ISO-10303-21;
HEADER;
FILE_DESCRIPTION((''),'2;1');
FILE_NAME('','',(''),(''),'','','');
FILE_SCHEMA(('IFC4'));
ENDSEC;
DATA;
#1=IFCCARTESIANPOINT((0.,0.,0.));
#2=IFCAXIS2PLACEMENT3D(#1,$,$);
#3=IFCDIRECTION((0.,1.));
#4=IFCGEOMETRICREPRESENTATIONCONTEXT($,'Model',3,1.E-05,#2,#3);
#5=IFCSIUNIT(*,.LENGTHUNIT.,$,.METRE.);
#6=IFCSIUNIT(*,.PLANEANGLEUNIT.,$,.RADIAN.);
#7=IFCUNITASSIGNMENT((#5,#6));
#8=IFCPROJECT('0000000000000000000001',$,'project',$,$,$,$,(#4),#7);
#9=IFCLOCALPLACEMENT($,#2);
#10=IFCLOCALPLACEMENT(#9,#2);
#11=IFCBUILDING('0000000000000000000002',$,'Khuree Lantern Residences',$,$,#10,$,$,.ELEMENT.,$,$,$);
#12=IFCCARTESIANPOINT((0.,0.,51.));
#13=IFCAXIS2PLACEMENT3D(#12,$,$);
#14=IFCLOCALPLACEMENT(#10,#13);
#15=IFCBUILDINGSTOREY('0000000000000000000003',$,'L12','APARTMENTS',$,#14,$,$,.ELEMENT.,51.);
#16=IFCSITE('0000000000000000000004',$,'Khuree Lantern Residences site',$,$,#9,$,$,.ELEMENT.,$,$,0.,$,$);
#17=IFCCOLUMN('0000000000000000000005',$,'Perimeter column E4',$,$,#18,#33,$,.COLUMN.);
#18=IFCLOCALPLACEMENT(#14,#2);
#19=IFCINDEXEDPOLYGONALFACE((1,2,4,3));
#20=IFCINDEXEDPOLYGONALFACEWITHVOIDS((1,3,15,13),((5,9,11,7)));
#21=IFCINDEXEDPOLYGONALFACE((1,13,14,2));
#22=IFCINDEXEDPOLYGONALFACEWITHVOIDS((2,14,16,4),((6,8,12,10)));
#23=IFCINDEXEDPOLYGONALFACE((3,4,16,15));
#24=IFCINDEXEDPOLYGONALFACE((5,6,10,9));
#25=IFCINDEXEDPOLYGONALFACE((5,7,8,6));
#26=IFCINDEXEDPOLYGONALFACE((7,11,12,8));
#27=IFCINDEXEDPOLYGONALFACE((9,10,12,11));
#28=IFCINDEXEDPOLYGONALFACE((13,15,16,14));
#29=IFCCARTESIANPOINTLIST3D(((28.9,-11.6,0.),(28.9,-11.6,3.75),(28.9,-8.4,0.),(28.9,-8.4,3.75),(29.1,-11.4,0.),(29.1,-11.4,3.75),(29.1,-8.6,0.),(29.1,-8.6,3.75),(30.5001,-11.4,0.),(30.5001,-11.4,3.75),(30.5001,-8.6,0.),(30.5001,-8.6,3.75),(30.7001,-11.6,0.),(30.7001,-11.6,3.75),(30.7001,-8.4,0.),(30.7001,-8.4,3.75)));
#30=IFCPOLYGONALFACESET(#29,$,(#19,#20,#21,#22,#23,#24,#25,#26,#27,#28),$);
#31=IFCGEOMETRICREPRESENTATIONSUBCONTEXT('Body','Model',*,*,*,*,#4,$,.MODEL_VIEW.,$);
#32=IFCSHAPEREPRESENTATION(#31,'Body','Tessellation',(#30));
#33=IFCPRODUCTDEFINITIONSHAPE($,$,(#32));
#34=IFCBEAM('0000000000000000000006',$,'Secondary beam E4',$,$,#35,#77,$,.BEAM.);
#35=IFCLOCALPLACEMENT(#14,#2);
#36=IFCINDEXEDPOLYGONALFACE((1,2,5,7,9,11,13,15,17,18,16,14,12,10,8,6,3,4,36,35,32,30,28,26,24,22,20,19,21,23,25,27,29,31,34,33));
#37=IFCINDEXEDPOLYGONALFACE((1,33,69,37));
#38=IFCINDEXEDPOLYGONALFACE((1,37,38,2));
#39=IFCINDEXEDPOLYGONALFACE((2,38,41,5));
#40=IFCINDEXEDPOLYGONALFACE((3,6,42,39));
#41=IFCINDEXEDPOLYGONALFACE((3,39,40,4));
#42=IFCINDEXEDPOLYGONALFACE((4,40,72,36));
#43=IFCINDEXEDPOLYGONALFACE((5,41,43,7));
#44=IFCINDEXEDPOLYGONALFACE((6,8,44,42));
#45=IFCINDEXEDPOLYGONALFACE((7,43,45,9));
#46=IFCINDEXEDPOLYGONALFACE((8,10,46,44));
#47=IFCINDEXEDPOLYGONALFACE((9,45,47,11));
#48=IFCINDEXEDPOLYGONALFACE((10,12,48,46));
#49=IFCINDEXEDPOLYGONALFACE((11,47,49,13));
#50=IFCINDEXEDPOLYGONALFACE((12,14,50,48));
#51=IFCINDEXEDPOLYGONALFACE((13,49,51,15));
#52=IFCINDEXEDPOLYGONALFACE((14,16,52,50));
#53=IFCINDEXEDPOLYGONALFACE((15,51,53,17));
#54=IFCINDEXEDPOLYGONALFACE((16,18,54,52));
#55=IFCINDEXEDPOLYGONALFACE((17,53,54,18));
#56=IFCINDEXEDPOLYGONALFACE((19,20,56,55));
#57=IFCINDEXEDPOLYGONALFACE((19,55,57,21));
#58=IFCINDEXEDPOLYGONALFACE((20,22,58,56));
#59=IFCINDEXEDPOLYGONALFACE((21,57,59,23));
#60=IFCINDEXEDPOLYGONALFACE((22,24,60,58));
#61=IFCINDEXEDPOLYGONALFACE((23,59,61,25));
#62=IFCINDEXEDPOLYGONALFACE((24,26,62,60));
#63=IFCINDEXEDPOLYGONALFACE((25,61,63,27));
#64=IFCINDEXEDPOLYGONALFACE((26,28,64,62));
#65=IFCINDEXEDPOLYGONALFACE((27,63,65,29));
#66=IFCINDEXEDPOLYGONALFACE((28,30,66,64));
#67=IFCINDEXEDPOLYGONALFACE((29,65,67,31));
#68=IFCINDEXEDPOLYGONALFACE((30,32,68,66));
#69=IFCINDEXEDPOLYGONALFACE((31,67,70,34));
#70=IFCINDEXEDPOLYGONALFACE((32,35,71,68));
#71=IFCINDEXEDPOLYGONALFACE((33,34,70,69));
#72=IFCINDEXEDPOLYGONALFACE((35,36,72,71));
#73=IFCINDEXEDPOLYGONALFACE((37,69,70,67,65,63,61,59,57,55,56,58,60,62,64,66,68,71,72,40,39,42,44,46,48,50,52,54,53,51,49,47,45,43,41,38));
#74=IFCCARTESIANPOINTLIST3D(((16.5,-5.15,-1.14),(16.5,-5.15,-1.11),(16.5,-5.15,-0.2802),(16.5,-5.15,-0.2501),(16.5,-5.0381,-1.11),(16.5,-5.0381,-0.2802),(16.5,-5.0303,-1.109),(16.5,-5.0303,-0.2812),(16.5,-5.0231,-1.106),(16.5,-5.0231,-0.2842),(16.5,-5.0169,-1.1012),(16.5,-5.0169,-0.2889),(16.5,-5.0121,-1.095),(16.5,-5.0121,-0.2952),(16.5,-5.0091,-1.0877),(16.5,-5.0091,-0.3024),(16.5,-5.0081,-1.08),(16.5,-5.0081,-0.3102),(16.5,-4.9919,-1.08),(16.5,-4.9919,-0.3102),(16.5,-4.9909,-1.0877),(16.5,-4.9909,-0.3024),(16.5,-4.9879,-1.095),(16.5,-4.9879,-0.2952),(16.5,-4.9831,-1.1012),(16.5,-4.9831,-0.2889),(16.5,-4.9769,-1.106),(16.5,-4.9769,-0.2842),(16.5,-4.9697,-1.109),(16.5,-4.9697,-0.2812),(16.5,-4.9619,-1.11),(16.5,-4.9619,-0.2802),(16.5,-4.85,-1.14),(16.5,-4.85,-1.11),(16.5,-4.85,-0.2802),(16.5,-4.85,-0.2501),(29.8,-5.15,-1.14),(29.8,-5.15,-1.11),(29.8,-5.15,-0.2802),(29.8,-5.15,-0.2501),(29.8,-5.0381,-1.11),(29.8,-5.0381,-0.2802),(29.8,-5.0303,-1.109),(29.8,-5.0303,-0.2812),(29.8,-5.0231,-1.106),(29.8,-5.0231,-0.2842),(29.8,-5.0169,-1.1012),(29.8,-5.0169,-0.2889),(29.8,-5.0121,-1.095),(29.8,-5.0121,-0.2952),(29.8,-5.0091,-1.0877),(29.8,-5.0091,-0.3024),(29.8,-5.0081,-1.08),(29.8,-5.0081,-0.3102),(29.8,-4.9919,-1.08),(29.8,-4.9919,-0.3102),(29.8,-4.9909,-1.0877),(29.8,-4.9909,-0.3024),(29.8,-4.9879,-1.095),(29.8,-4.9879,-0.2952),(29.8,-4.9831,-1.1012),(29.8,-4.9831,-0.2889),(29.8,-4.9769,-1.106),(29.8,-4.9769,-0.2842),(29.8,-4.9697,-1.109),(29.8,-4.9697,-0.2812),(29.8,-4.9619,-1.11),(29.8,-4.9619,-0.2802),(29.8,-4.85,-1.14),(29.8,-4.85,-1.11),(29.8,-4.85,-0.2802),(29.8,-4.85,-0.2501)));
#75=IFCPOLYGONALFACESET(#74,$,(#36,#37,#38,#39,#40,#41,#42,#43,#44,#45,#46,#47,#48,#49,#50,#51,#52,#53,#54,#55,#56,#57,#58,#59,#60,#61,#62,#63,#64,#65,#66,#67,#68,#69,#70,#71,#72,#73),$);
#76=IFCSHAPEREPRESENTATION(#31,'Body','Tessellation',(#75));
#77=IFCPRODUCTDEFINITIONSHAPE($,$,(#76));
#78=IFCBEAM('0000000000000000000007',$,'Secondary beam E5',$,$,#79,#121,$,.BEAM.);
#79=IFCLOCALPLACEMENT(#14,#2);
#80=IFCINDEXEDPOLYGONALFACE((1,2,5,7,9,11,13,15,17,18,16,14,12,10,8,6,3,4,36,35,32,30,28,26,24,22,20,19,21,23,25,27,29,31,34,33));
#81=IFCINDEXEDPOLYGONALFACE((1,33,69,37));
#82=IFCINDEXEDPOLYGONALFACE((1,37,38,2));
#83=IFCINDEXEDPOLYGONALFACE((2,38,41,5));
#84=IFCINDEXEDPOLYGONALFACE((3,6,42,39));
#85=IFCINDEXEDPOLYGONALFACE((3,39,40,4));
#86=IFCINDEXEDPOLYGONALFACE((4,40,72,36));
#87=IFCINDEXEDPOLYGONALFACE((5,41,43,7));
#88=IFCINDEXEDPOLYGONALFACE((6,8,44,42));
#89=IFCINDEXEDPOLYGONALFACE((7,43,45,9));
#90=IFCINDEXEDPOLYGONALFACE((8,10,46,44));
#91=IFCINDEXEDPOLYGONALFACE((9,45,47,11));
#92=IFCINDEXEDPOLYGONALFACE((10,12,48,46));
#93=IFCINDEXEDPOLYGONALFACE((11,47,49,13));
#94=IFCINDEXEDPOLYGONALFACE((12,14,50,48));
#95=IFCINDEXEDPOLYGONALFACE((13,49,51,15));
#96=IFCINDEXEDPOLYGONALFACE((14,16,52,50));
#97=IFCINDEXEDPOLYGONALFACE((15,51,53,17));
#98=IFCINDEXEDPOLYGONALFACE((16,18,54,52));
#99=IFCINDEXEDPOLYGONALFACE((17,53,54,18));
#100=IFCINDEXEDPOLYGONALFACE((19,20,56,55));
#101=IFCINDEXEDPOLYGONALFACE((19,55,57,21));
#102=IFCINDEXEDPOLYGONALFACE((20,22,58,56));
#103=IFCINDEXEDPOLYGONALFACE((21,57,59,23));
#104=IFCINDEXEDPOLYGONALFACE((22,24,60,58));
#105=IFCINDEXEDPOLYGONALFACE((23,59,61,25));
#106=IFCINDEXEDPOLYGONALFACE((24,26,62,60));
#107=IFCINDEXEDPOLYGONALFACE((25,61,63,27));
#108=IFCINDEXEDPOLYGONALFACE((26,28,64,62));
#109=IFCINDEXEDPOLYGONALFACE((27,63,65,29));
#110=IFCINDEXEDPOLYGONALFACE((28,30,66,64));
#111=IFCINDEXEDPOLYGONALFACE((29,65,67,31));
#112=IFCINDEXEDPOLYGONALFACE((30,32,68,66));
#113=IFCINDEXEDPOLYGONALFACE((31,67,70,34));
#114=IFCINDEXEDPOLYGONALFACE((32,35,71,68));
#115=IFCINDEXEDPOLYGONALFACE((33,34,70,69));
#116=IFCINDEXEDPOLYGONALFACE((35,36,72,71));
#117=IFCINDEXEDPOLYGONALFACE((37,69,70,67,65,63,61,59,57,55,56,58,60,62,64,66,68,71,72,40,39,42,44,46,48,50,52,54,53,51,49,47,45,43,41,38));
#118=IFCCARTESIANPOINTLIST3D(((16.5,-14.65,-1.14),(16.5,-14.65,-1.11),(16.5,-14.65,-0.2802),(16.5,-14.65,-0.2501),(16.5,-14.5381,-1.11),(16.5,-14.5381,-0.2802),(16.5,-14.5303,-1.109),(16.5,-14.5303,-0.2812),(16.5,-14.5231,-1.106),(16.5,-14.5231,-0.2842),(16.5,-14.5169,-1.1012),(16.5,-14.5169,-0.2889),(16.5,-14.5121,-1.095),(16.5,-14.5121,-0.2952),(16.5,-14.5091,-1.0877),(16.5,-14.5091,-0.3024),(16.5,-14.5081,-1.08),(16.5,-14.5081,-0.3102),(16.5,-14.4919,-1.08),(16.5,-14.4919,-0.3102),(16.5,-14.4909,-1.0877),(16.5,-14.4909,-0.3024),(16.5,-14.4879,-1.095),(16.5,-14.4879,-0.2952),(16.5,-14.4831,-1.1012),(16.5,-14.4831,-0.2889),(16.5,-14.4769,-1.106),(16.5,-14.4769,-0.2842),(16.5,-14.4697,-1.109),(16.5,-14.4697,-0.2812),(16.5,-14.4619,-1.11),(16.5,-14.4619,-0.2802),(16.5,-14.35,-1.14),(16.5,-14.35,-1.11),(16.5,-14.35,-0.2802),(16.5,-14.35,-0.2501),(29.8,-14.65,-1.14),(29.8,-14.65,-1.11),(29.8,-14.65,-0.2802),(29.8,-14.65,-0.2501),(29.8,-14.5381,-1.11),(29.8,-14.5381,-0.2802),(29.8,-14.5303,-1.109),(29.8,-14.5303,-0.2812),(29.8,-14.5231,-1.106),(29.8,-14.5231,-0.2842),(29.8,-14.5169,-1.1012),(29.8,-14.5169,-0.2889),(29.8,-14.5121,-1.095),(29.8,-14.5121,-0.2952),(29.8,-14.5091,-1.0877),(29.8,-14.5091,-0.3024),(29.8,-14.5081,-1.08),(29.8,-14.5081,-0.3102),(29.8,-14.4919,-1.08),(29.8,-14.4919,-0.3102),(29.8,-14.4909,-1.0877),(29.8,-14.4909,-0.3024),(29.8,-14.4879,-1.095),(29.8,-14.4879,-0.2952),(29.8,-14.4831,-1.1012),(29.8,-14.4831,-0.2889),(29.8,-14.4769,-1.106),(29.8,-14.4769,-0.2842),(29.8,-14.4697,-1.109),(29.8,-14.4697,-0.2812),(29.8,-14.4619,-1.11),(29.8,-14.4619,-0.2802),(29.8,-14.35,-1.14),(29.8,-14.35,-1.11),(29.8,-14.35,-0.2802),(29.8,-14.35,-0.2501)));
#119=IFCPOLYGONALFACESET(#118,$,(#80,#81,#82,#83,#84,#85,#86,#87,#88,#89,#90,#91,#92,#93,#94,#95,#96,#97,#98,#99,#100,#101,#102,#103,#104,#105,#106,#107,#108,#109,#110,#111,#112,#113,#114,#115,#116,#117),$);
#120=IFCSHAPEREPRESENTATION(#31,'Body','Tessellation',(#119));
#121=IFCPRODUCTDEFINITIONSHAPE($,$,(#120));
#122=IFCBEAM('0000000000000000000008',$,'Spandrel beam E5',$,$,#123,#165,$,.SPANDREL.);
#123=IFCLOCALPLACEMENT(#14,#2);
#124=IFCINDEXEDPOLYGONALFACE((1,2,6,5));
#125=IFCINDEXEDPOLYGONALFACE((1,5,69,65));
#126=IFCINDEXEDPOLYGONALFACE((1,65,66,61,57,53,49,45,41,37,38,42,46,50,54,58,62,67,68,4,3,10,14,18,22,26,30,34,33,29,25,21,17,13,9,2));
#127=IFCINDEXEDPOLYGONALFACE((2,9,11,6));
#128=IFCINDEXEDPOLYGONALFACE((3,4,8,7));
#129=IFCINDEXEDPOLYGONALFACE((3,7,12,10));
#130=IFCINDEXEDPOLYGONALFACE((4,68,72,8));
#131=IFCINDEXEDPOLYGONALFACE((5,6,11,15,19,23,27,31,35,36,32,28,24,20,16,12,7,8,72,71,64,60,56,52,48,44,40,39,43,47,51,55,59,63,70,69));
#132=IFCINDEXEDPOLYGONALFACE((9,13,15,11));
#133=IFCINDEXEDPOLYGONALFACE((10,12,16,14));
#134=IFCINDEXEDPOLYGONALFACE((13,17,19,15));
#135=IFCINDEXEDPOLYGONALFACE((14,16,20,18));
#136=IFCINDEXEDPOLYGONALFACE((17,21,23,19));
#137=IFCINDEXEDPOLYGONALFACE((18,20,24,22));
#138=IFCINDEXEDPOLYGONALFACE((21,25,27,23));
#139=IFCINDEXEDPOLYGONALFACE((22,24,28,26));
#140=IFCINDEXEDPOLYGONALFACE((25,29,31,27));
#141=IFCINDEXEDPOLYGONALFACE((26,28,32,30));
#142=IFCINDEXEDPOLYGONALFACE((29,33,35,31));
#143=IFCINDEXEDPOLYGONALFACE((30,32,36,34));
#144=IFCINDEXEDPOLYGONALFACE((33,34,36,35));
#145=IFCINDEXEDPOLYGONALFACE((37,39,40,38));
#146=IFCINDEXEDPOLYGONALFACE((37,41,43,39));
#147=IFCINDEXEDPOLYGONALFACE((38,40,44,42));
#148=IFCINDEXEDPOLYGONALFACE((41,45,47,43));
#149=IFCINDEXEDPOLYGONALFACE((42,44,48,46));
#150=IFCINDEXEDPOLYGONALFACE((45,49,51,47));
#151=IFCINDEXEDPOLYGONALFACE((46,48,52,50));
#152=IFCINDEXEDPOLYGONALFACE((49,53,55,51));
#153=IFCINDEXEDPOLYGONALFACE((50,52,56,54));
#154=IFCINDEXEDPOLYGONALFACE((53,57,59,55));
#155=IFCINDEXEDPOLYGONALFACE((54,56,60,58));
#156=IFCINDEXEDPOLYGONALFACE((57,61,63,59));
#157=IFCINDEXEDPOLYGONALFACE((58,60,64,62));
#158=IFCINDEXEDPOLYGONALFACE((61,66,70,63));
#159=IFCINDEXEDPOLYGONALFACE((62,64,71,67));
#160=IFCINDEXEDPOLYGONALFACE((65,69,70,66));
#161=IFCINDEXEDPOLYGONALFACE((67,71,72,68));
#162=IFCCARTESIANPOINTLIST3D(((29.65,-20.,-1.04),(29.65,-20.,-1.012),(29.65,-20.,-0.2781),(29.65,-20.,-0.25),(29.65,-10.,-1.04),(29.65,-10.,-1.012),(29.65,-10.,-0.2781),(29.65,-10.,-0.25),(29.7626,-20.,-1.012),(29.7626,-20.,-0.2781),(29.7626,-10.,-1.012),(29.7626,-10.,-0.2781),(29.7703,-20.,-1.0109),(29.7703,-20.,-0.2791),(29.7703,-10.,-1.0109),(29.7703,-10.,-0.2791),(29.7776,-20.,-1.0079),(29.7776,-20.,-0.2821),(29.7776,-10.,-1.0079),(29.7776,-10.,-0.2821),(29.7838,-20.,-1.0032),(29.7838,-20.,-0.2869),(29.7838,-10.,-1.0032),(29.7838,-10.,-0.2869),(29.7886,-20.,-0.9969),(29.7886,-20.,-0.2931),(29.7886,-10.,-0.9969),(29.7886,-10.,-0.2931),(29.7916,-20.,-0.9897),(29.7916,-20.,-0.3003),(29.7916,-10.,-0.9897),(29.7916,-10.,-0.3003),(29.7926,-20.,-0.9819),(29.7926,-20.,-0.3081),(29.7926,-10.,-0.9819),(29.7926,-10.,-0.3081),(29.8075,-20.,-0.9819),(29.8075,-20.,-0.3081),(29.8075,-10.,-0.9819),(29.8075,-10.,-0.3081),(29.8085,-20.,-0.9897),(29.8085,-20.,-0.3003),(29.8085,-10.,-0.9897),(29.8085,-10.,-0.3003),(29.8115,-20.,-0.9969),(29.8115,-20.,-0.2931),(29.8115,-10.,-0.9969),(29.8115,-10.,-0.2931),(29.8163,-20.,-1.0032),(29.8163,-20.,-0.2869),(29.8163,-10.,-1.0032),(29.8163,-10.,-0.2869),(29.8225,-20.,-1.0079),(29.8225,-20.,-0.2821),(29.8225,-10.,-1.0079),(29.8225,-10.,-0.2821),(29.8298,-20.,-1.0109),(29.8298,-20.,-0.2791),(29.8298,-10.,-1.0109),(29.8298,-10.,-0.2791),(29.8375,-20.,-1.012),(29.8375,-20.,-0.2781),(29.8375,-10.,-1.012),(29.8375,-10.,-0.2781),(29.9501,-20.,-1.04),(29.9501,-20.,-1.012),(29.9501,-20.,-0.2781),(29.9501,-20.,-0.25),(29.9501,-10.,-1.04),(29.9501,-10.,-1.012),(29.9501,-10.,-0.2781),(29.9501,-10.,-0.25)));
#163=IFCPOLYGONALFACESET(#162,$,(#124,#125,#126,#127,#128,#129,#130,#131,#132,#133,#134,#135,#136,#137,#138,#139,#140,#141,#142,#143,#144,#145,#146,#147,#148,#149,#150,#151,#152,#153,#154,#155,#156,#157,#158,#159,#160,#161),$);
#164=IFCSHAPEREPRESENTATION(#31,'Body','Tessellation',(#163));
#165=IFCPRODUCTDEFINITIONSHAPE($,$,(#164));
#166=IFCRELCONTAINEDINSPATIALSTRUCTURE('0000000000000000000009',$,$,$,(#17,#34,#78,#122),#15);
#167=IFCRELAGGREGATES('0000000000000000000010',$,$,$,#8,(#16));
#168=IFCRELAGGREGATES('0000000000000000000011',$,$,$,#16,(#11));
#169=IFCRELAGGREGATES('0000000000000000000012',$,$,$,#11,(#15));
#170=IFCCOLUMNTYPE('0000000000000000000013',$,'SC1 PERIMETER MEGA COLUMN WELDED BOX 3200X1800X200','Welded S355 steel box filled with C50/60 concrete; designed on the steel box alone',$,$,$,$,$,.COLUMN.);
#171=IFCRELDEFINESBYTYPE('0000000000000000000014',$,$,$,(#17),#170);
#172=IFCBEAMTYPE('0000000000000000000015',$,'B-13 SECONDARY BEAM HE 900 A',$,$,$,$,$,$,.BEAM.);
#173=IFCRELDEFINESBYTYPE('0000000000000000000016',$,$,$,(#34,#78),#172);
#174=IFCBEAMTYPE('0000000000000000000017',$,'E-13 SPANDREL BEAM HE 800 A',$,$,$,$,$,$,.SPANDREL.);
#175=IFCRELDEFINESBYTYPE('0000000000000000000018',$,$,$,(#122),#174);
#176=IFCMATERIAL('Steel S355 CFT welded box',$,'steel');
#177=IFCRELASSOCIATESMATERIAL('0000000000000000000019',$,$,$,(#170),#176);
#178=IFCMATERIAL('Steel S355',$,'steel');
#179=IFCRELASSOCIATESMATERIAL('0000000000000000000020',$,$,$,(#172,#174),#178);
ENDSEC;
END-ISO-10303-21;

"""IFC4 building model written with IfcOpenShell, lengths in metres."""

from ifc_helpers import new_model, si_unit, direction, frame, origin, origin_2d, place, context, subcontext, project, spatial, hollow_rectangle, i_section, extrude, material, material_profile, profile_set, type_object, element, save


model = new_model("IFC4")

# Units and contexts
model_context = context("Model", 3, precision=1e-05, world=origin(), true_north=direction((0.0, 1.0)))
body_context = subcontext(model_context, "Body", "Model", "MODEL_VIEW")
ifc_project = project(units=[si_unit("LENGTHUNIT", "METRE"), si_unit("PLANEANGLEUNIT", "RADIAN")], contexts=[model_context])

# Site, building, storey
site_placement = place(None, origin())
site = spatial("IfcSite", under=ifc_project, at=site_placement, Name="Khuree Lantern Residences site", CompositionType="ELEMENT", RefElevation=0.0)
building_placement = place(site_placement, origin())
building = spatial("IfcBuilding", under=site, at=building_placement, Name="Khuree Lantern Residences", CompositionType="ELEMENT")
storey_placement = place(building_placement, frame((0.0, 0.0, 51.0)))
storey = spatial("IfcBuildingStorey", under=building, at=storey_placement, Name="L12", Description="APARTMENTS", CompositionType="ELEMENT", Elevation=51.0)

# Column
ifc_material_1 = material(Name="Steel S355 CFT welded box", Category="steel")
ifc_material_profile_1 = material_profile(ifc_material_1, hollow_rectangle(XDim=3.2, YDim=1.8, WallThickness=0.2, at=origin_2d()), Name="WELDED BOX 3200X1800X200")
ifc_profile_set_1 = profile_set([ifc_material_profile_1], Name="Steel S355 CFT welded box")
column_type = type_object("IfcColumnType", Name="SC1 PERIMETER MEGA COLUMN WELDED BOX 3200X1800X200", Description="Welded S355 steel box filled with C50/60 concrete; designed on the steel box alone", PredefinedType="COLUMN", material=ifc_profile_set_1)
column_placement = place(storey_placement, frame((29.8, -10.0, 0.0), z_axis=(0.0, 0.0, 1.0), x_axis=(0.0, 1.0, 0.0)))
element("IfcColumn", 1, at=column_placement, inside=storey, type_object=column_type, Name="Perimeter column E4", PredefinedType="COLUMN", context=body_context, shape_type="SweptSolid", body=[
    extrude(hollow_rectangle(XDim=3.2, YDim=1.8, WallThickness=0.2, at=origin_2d()), origin(), (0.0, 0.0, 1.0), 3.75),
])

# Beams
ifc_material_2 = material(Name="Steel S355", Category="steel")
ifc_material_profile_2 = material_profile(ifc_material_2, i_section(OverallWidth=0.3, OverallDepth=0.8899, WebThickness=0.0161, FlangeThickness=0.03, FilletRadius=0.03, at=origin_2d()), Name="HE 900 A")
ifc_profile_set_2 = profile_set([ifc_material_profile_2], Name="Steel S355")
beam_type_1 = type_object("IfcBeamType", Name="B-13 SECONDARY BEAM HE 900 A", PredefinedType="BEAM", material=ifc_profile_set_2)
for number, where, z_axis, x_axis, name in (
    (2, (29.8, -5.0, -0.6951), (-1.0, 0.0, 0.0), (0.0, -1.0, 0.0), "Secondary beam E4"),
    (3, (29.8, -14.5, -0.6951), (-1.0, 0.0, 0.0), (0.0, -1.0, 0.0), "Secondary beam E5"),
):
    element("IfcBeam", number, at=place(storey_placement, frame(where, z_axis=z_axis, x_axis=x_axis)), inside=storey, type_object=beam_type_1, Name=name, PredefinedType="BEAM", context=body_context, shape_type="SweptSolid", body=[
        extrude(i_section(OverallWidth=0.3, OverallDepth=0.8899, WebThickness=0.0161, FlangeThickness=0.03, FilletRadius=0.03, at=origin_2d()), origin(), (0.0, 0.0, 1.0), 13.3),
    ])
ifc_material_profile_3 = material_profile(ifc_material_2, i_section(OverallWidth=0.3, OverallDepth=0.79, WebThickness=0.0149, FlangeThickness=0.0281, FilletRadius=0.03, at=origin_2d()), Name="HE 800 A")
ifc_profile_set_3 = profile_set([ifc_material_profile_3], Name="Steel S355")
beam_type_2 = type_object("IfcBeamType", Name="E-13 SPANDREL BEAM HE 800 A", PredefinedType="SPANDREL", material=ifc_profile_set_3)
beam_1_placement = place(storey_placement, frame((29.8, -10.0, -0.645), z_axis=(0.0, -1.0, 0.0), x_axis=(1.0, 0.0, 0.0)))
element("IfcBeam", 4, at=beam_1_placement, inside=storey, type_object=beam_type_2, Name="Spandrel beam E5", PredefinedType="SPANDREL", context=body_context, shape_type="SweptSolid", body=[
    extrude(i_section(OverallWidth=0.3, OverallDepth=0.79, WebThickness=0.0149, FlangeThickness=0.0281, FilletRadius=0.03, at=origin_2d()), origin(), (0.0, 0.0, 1.0), 10.0),
])

save(model, "model.ifc")
